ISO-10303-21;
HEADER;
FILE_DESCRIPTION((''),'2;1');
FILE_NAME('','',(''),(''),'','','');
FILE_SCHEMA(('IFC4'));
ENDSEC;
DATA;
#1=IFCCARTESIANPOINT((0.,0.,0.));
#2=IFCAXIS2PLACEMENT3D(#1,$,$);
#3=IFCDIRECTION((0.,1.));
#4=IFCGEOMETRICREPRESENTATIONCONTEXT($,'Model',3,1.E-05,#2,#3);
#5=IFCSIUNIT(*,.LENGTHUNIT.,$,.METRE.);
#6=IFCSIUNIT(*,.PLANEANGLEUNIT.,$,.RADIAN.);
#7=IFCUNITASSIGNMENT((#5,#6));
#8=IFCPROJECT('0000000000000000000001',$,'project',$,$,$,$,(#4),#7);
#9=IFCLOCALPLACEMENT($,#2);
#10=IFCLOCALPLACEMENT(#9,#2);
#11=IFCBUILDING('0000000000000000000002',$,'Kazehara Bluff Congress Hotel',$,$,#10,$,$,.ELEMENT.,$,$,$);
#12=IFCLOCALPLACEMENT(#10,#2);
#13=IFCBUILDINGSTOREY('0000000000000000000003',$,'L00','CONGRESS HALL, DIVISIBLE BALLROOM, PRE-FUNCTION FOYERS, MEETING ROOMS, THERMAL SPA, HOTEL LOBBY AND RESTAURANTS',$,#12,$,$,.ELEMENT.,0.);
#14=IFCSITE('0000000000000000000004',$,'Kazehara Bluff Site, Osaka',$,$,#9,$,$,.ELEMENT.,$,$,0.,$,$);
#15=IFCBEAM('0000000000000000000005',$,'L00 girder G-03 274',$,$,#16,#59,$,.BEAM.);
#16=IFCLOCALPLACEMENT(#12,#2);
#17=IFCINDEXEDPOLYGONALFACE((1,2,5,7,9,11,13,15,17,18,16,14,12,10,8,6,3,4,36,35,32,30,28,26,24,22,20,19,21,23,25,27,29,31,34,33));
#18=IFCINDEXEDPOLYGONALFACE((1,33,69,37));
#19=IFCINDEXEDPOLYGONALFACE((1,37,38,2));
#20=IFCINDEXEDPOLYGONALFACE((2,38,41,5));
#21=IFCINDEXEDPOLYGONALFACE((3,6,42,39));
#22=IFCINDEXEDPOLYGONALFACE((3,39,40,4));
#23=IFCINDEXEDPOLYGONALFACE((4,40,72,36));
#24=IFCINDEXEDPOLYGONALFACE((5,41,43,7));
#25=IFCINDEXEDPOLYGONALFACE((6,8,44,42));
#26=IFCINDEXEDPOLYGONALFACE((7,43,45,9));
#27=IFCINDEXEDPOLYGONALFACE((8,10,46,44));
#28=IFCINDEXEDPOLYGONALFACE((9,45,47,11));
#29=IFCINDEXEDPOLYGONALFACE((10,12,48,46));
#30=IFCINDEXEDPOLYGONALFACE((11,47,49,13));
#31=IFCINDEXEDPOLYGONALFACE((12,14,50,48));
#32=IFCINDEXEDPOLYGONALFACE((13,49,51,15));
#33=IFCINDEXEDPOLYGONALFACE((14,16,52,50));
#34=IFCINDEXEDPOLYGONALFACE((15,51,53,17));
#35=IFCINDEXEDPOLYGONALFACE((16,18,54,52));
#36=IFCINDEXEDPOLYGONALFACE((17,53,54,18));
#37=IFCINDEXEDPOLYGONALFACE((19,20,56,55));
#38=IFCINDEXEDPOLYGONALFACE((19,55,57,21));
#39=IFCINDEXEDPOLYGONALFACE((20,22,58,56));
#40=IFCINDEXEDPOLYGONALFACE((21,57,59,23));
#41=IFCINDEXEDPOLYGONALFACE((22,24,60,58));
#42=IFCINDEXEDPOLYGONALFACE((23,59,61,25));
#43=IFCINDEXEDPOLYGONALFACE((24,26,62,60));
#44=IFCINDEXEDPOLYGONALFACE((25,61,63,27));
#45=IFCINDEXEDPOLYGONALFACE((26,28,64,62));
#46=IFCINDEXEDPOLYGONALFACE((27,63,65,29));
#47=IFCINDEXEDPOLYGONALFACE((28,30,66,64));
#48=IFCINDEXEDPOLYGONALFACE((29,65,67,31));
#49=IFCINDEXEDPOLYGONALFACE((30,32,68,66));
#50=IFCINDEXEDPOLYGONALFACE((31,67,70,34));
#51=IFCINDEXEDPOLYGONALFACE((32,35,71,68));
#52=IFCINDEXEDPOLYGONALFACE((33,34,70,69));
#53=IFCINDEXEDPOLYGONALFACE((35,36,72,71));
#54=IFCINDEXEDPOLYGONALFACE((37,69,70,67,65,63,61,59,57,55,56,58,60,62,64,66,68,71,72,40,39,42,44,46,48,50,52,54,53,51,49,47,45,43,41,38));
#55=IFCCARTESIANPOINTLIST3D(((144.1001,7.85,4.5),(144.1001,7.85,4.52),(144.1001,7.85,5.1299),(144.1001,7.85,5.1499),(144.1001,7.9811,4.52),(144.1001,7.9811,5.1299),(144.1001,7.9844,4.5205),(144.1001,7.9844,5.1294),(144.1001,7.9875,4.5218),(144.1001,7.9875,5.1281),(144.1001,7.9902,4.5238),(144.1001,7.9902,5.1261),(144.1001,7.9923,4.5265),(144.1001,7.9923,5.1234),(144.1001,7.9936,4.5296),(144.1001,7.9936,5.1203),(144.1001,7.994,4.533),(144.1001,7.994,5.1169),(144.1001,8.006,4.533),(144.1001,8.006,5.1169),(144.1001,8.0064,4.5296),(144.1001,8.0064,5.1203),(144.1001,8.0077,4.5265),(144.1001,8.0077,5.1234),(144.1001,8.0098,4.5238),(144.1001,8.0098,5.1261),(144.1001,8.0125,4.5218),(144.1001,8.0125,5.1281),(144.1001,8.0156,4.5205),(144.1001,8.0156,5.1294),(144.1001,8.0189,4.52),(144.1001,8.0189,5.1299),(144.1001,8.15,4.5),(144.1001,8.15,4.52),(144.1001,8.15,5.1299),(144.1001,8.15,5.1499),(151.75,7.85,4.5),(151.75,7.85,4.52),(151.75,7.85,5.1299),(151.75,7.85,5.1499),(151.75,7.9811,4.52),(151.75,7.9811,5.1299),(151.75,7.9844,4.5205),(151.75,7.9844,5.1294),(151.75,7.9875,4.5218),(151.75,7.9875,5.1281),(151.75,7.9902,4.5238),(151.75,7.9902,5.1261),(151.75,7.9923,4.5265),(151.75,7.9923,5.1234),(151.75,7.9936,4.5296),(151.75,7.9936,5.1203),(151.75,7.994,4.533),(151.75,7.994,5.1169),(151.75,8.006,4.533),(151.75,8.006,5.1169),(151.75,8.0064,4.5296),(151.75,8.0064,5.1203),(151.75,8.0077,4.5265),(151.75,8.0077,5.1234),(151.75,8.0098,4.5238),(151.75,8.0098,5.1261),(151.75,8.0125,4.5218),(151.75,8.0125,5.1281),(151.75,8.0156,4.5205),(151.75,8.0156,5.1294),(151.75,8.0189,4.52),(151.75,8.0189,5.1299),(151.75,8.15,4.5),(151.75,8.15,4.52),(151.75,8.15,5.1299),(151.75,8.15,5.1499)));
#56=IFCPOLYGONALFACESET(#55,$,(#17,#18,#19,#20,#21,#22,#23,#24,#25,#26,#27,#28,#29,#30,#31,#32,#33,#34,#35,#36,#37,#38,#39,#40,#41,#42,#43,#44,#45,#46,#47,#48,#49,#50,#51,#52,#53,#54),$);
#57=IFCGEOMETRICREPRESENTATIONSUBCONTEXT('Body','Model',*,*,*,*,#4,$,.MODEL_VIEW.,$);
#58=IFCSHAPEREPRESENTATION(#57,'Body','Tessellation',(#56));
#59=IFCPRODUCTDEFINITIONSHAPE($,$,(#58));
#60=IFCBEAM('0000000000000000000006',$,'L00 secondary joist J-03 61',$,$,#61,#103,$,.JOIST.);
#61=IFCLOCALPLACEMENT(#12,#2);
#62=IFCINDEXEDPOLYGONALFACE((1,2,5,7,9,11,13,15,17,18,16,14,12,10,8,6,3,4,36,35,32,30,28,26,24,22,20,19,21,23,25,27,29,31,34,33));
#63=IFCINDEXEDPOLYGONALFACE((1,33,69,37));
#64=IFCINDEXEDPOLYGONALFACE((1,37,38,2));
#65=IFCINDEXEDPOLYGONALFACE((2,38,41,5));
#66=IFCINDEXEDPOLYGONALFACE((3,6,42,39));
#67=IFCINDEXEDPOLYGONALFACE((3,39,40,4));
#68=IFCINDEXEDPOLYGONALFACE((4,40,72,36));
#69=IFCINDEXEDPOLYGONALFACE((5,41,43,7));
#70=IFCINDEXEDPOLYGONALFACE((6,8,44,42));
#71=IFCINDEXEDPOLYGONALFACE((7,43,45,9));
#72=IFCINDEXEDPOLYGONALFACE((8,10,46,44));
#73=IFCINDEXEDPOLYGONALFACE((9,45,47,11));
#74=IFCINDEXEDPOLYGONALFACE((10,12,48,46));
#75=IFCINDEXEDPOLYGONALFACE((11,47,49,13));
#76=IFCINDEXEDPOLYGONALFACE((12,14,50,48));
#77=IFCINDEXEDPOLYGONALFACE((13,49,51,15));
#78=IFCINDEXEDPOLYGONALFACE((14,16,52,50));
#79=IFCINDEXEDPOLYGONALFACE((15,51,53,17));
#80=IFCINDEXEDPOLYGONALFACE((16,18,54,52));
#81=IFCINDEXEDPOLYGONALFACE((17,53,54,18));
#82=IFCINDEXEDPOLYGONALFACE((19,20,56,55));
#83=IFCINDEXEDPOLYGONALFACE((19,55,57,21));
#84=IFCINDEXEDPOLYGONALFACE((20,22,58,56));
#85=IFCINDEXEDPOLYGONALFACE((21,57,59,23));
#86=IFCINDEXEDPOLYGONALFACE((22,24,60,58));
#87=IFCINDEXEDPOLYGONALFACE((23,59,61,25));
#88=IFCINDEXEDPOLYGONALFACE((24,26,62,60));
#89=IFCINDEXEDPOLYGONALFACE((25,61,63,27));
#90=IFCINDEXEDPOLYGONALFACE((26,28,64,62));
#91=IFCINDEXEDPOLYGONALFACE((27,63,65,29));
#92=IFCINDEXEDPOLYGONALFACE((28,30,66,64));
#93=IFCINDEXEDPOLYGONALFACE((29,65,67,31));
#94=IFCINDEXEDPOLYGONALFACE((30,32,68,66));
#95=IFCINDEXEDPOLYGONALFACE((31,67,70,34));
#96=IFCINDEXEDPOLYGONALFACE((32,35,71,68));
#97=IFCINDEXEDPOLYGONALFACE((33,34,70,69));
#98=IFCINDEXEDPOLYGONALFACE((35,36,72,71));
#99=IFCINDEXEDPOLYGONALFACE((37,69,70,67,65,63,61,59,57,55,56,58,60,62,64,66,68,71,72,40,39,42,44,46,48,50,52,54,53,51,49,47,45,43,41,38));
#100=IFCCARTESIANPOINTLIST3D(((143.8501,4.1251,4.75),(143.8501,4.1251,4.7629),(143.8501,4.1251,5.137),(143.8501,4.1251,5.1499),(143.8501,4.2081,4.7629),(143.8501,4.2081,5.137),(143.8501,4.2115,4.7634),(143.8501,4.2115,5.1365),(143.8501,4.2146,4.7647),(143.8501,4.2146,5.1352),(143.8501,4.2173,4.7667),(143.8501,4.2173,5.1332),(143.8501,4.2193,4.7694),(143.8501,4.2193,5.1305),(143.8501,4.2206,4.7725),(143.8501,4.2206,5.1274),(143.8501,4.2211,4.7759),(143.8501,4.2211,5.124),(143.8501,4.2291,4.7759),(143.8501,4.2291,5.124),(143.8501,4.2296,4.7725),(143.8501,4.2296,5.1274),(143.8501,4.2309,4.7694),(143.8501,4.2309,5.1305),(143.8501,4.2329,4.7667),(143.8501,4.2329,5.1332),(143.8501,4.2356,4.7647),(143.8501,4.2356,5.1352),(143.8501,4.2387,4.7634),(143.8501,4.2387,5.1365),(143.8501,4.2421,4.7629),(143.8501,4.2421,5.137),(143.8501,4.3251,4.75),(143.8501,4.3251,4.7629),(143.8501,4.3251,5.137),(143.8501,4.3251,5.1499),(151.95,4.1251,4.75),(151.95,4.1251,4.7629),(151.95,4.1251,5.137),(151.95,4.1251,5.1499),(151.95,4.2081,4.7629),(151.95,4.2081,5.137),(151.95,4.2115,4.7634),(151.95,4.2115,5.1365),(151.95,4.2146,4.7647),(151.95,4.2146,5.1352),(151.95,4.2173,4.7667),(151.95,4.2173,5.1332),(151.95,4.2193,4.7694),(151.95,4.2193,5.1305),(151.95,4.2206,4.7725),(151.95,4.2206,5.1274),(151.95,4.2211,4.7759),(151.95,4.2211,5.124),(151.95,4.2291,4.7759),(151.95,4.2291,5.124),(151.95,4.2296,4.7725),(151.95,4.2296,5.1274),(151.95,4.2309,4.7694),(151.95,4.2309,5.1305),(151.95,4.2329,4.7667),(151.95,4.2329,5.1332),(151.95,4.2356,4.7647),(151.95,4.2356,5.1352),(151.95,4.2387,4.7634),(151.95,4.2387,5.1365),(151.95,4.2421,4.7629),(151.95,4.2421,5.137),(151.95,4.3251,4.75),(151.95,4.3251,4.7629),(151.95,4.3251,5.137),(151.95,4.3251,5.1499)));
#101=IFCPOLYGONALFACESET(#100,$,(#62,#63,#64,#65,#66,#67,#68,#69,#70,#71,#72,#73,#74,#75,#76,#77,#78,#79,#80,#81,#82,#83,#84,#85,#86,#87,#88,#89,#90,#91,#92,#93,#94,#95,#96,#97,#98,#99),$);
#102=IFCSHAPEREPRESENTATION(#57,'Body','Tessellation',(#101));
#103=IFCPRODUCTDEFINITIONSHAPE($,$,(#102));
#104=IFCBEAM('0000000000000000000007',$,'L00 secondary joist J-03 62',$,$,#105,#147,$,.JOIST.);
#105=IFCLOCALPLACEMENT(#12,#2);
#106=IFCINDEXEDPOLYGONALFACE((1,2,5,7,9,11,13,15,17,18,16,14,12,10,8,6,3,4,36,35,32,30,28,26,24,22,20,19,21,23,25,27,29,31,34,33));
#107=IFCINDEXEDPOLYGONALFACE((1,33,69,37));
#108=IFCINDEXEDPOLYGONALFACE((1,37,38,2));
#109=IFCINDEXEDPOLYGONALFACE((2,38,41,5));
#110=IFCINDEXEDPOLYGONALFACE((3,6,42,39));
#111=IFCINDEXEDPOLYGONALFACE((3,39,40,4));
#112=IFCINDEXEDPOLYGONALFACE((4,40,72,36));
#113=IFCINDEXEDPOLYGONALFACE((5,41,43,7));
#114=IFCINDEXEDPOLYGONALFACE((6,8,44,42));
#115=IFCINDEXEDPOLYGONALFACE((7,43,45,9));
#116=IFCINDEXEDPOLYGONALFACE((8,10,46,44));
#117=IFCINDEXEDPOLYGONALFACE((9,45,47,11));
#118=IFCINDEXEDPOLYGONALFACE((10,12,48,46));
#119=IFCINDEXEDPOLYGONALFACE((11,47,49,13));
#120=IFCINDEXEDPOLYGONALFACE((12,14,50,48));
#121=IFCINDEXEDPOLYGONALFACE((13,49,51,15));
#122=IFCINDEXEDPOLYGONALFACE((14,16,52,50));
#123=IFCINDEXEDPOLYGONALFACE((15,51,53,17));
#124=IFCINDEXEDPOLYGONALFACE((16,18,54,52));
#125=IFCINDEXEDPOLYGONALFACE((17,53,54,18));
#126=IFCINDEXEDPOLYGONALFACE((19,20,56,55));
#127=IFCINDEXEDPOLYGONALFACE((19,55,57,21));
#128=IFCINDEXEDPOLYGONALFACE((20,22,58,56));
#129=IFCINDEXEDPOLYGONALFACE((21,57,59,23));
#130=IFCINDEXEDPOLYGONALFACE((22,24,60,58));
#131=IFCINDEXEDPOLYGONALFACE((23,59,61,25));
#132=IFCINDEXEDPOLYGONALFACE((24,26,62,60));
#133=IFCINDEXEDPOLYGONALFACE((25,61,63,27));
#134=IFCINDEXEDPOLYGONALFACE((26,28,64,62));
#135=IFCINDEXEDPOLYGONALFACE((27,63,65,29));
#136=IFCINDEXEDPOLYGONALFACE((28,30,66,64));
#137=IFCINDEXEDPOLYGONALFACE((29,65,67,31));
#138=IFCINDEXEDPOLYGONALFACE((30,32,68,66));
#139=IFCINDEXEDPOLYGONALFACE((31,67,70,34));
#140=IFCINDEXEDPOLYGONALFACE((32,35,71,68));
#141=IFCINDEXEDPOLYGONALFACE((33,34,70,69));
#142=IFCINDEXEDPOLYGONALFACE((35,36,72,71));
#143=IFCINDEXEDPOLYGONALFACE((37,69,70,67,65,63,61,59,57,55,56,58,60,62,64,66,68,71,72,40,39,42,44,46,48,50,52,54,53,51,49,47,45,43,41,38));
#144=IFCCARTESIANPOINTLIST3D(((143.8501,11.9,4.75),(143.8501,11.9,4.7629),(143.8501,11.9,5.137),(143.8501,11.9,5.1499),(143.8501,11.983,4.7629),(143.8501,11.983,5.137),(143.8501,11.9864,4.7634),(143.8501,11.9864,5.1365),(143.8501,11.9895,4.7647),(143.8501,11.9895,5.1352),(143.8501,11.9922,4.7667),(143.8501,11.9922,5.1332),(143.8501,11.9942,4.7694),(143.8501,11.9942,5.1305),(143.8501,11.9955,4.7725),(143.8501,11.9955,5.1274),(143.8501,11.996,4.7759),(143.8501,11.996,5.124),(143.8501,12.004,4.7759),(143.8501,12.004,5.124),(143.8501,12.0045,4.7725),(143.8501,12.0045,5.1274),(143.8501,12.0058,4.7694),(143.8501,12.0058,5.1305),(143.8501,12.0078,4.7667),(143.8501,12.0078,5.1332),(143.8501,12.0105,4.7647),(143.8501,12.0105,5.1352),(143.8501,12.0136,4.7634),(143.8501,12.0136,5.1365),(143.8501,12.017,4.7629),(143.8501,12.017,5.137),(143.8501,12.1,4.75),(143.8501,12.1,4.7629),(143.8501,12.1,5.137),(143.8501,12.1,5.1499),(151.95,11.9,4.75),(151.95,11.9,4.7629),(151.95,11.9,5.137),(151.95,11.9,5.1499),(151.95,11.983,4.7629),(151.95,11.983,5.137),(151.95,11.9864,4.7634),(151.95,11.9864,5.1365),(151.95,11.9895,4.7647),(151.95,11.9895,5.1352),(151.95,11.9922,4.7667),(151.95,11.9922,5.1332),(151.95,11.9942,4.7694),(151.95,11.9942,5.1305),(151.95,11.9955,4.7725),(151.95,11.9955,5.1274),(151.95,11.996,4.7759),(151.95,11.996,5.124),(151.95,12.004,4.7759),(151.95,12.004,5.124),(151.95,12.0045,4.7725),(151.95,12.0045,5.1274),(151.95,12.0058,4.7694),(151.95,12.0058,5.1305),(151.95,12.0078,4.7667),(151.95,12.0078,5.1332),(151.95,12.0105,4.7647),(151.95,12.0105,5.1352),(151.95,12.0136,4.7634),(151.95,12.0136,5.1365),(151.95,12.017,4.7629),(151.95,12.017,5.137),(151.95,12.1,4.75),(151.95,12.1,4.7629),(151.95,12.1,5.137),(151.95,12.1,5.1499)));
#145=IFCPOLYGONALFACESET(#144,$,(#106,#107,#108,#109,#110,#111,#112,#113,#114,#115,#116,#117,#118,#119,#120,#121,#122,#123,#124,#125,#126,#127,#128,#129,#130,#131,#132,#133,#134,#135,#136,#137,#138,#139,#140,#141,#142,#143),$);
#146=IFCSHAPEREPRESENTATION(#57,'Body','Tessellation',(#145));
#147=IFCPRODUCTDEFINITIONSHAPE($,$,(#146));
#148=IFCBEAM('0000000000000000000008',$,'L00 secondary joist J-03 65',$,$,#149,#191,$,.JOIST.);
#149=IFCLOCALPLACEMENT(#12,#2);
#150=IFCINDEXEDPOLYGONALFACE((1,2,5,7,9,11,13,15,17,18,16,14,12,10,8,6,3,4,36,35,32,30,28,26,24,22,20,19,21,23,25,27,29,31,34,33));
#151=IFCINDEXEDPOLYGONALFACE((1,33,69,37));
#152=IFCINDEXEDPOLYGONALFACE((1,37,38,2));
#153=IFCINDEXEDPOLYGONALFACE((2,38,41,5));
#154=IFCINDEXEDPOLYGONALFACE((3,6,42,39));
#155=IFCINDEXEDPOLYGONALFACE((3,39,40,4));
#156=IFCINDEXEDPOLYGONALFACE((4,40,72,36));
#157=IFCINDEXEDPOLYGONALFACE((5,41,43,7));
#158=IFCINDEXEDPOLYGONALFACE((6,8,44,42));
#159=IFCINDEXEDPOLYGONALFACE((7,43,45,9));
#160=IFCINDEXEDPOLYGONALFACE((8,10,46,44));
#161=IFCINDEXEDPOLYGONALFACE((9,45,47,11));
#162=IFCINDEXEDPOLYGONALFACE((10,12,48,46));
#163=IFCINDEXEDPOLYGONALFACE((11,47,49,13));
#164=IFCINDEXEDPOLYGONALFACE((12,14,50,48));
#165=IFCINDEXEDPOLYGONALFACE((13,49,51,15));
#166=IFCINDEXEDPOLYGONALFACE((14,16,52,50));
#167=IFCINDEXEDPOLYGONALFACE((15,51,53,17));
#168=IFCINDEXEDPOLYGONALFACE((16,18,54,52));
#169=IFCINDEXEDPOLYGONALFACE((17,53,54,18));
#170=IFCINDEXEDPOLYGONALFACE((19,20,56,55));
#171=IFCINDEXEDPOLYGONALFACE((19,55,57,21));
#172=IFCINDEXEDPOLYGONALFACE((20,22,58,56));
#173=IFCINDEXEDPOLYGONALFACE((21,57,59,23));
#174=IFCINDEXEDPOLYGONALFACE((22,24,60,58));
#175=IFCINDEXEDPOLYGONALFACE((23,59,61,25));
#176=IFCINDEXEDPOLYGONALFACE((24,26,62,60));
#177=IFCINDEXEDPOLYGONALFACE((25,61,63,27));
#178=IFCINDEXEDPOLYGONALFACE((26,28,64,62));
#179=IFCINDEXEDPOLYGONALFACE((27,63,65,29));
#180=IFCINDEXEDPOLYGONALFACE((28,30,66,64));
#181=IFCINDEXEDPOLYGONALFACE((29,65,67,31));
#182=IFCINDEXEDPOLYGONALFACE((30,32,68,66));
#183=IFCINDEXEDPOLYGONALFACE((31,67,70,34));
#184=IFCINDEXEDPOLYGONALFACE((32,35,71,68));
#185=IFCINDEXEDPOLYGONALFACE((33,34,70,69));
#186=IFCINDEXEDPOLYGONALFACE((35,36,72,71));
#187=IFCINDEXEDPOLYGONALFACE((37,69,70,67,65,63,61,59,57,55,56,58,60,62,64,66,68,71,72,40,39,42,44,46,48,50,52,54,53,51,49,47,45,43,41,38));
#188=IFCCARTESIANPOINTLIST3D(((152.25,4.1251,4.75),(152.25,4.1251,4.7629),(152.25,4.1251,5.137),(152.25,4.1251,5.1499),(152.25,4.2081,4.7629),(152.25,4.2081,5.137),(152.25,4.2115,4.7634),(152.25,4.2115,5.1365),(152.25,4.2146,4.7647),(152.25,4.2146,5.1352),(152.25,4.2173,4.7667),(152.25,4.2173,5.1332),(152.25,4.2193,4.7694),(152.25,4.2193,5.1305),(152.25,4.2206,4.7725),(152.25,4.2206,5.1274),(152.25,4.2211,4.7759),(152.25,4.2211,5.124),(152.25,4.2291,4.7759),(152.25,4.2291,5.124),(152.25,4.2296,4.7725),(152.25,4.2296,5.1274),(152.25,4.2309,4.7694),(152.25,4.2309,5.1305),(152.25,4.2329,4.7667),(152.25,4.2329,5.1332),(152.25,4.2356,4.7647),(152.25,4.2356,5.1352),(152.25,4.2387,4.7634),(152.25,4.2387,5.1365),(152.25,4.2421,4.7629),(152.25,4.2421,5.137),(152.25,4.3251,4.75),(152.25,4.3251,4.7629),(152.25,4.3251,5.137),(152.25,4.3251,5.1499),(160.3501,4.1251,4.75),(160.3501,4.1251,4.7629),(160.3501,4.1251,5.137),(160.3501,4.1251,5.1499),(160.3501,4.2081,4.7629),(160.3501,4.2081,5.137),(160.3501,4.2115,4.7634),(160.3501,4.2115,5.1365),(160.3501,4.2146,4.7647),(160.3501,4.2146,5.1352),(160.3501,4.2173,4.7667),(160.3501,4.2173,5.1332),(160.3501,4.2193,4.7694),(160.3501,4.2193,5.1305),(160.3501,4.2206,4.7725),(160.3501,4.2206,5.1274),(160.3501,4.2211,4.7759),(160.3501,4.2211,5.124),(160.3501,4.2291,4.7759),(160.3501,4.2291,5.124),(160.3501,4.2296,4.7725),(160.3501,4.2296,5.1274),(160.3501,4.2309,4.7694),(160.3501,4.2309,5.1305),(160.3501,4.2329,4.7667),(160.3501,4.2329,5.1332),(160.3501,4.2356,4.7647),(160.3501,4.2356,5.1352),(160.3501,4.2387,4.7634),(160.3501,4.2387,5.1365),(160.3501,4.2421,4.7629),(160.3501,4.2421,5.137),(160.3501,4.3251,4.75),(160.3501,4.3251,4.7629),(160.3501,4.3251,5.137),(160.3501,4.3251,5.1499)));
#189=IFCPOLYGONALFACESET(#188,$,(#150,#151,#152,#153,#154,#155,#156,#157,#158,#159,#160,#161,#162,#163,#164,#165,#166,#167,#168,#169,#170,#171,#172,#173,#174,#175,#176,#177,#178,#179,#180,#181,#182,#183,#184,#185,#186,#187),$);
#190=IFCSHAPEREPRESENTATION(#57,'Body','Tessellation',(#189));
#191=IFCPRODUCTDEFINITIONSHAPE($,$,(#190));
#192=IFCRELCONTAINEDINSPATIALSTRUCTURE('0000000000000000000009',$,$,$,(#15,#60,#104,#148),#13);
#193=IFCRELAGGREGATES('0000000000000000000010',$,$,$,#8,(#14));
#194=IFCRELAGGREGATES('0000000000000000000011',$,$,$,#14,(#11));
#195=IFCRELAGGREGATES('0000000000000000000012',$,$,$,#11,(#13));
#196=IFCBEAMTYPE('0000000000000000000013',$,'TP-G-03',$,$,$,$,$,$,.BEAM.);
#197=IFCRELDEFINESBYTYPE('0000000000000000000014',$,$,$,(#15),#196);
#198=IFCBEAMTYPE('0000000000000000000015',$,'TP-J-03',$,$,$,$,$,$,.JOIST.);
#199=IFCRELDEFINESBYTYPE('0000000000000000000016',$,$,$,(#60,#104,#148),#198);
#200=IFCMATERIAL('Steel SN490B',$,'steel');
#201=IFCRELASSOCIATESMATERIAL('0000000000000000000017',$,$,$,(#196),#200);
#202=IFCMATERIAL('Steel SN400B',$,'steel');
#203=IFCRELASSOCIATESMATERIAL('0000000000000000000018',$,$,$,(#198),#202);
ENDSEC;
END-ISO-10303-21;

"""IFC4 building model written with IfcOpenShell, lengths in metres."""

from ifc_helpers import new_model, si_unit, direction, frame, origin, origin_2d, place, context, subcontext, project, spatial, i_section, extrude, material, material_profile, profile_set, type_object, element, save


model = new_model("IFC4")

# Units and contexts
model_context = context("Model", 3, precision=1e-05, world=origin(), true_north=direction((0.0, 1.0)))
body_context = subcontext(model_context, "Body", "Model", "MODEL_VIEW")
ifc_project = project(units=[si_unit("LENGTHUNIT", "METRE"), si_unit("PLANEANGLEUNIT", "RADIAN")], contexts=[model_context])

# Site, building, storey
site_placement = place(None, origin())
site = spatial("IfcSite", under=ifc_project, at=site_placement, Name="Kazehara Bluff Site, Osaka", CompositionType="ELEMENT", RefElevation=0.0)
building_placement = place(site_placement, origin())
building = spatial("IfcBuilding", under=site, at=building_placement, Name="Kazehara Bluff Congress Hotel", CompositionType="ELEMENT")
storey_placement = place(building_placement, origin())
storey = spatial("IfcBuildingStorey", under=building, at=storey_placement, Name="L00", Description="CONGRESS HALL, DIVISIBLE BALLROOM, PRE-FUNCTION FOYERS, MEETING ROOMS, THERMAL SPA, HOTEL LOBBY AND RESTAURANTS", CompositionType="ELEMENT", Elevation=0.0)

# Beams
ifc_material_1 = material(Name="Steel SN490B", Category="steel")
ifc_material_profile_1 = material_profile(ifc_material_1, i_section(OverallWidth=0.3, OverallDepth=0.6499, WebThickness=0.012, FlangeThickness=0.02, FilletRadius=0.0129, at=origin_2d()))
ifc_profile_set_1 = profile_set([ifc_material_profile_1], Name="Steel SN490B")
beam_type_1 = type_object("IfcBeamType", Name="TP-G-03", PredefinedType="BEAM", material=ifc_profile_set_1)
beam_1_placement = place(storey_placement, frame((144.1001, 8.0, 4.825), z_axis=(1.0, 0.0, 0.0), x_axis=(0.0, 1.0, 0.0)))
element("IfcBeam", 1, at=beam_1_placement, inside=storey, type_object=beam_type_1, Name="L00 girder G-03 274", PredefinedType="BEAM", context=body_context, shape_type="SweptSolid", body=[
    extrude(i_section(OverallWidth=0.3, OverallDepth=0.6499, WebThickness=0.012, FlangeThickness=0.02, FilletRadius=0.0129, at=origin_2d()), origin(), (0.0, 0.0, 1.0), 7.6499),
])
ifc_material_2 = material(Name="Steel SN400B", Category="steel")
ifc_material_profile_2 = material_profile(ifc_material_2, i_section(OverallWidth=0.2, OverallDepth=0.3999, WebThickness=0.0081, FlangeThickness=0.0129, FilletRadius=0.0129, at=origin_2d()))
ifc_profile_set_2 = profile_set([ifc_material_profile_2], Name="Steel SN400B")
beam_type_2 = type_object("IfcBeamType", Name="TP-J-03", PredefinedType="JOIST", material=ifc_profile_set_2)
for number, where, z_axis, x_axis, name in (
    (2, (143.8501, 4.2251, 4.95), (1.0, 0.0, 0.0), (0.0, 1.0, 0.0), "L00 secondary joist J-03 61"),
    (3, (143.8501, 12.0, 4.95), (1.0, 0.0, 0.0), (0.0, 1.0, 0.0), "L00 secondary joist J-03 62"),
):
    element("IfcBeam", number, at=place(storey_placement, frame(where, z_axis=z_axis, x_axis=x_axis)), inside=storey, type_object=beam_type_2, Name=name, PredefinedType="JOIST", context=body_context, shape_type="SweptSolid", body=[
        extrude(i_section(OverallWidth=0.2, OverallDepth=0.3999, WebThickness=0.0081, FlangeThickness=0.0129, FilletRadius=0.0129, at=origin_2d()), origin(), (0.0, 0.0, 1.0), 8.0999),
    ])
for number, where, z_axis, x_axis, name in (
    (4, (152.25, 4.2251, 4.95), (1.0, 0.0, 0.0), (0.0, 1.0, 0.0), "L00 secondary joist J-03 65"),
):
    element("IfcBeam", number, at=place(storey_placement, frame(where, z_axis=z_axis, x_axis=x_axis)), inside=storey, type_object=beam_type_2, Name=name, PredefinedType="JOIST", context=body_context, shape_type="SweptSolid", body=[
        extrude(i_section(OverallWidth=0.2, OverallDepth=0.3999, WebThickness=0.0081, FlangeThickness=0.0129, FilletRadius=0.0129, at=origin_2d()), origin(), (0.0, 0.0, 1.0), 8.1001),
    ])

save(model, "model.ifc")
